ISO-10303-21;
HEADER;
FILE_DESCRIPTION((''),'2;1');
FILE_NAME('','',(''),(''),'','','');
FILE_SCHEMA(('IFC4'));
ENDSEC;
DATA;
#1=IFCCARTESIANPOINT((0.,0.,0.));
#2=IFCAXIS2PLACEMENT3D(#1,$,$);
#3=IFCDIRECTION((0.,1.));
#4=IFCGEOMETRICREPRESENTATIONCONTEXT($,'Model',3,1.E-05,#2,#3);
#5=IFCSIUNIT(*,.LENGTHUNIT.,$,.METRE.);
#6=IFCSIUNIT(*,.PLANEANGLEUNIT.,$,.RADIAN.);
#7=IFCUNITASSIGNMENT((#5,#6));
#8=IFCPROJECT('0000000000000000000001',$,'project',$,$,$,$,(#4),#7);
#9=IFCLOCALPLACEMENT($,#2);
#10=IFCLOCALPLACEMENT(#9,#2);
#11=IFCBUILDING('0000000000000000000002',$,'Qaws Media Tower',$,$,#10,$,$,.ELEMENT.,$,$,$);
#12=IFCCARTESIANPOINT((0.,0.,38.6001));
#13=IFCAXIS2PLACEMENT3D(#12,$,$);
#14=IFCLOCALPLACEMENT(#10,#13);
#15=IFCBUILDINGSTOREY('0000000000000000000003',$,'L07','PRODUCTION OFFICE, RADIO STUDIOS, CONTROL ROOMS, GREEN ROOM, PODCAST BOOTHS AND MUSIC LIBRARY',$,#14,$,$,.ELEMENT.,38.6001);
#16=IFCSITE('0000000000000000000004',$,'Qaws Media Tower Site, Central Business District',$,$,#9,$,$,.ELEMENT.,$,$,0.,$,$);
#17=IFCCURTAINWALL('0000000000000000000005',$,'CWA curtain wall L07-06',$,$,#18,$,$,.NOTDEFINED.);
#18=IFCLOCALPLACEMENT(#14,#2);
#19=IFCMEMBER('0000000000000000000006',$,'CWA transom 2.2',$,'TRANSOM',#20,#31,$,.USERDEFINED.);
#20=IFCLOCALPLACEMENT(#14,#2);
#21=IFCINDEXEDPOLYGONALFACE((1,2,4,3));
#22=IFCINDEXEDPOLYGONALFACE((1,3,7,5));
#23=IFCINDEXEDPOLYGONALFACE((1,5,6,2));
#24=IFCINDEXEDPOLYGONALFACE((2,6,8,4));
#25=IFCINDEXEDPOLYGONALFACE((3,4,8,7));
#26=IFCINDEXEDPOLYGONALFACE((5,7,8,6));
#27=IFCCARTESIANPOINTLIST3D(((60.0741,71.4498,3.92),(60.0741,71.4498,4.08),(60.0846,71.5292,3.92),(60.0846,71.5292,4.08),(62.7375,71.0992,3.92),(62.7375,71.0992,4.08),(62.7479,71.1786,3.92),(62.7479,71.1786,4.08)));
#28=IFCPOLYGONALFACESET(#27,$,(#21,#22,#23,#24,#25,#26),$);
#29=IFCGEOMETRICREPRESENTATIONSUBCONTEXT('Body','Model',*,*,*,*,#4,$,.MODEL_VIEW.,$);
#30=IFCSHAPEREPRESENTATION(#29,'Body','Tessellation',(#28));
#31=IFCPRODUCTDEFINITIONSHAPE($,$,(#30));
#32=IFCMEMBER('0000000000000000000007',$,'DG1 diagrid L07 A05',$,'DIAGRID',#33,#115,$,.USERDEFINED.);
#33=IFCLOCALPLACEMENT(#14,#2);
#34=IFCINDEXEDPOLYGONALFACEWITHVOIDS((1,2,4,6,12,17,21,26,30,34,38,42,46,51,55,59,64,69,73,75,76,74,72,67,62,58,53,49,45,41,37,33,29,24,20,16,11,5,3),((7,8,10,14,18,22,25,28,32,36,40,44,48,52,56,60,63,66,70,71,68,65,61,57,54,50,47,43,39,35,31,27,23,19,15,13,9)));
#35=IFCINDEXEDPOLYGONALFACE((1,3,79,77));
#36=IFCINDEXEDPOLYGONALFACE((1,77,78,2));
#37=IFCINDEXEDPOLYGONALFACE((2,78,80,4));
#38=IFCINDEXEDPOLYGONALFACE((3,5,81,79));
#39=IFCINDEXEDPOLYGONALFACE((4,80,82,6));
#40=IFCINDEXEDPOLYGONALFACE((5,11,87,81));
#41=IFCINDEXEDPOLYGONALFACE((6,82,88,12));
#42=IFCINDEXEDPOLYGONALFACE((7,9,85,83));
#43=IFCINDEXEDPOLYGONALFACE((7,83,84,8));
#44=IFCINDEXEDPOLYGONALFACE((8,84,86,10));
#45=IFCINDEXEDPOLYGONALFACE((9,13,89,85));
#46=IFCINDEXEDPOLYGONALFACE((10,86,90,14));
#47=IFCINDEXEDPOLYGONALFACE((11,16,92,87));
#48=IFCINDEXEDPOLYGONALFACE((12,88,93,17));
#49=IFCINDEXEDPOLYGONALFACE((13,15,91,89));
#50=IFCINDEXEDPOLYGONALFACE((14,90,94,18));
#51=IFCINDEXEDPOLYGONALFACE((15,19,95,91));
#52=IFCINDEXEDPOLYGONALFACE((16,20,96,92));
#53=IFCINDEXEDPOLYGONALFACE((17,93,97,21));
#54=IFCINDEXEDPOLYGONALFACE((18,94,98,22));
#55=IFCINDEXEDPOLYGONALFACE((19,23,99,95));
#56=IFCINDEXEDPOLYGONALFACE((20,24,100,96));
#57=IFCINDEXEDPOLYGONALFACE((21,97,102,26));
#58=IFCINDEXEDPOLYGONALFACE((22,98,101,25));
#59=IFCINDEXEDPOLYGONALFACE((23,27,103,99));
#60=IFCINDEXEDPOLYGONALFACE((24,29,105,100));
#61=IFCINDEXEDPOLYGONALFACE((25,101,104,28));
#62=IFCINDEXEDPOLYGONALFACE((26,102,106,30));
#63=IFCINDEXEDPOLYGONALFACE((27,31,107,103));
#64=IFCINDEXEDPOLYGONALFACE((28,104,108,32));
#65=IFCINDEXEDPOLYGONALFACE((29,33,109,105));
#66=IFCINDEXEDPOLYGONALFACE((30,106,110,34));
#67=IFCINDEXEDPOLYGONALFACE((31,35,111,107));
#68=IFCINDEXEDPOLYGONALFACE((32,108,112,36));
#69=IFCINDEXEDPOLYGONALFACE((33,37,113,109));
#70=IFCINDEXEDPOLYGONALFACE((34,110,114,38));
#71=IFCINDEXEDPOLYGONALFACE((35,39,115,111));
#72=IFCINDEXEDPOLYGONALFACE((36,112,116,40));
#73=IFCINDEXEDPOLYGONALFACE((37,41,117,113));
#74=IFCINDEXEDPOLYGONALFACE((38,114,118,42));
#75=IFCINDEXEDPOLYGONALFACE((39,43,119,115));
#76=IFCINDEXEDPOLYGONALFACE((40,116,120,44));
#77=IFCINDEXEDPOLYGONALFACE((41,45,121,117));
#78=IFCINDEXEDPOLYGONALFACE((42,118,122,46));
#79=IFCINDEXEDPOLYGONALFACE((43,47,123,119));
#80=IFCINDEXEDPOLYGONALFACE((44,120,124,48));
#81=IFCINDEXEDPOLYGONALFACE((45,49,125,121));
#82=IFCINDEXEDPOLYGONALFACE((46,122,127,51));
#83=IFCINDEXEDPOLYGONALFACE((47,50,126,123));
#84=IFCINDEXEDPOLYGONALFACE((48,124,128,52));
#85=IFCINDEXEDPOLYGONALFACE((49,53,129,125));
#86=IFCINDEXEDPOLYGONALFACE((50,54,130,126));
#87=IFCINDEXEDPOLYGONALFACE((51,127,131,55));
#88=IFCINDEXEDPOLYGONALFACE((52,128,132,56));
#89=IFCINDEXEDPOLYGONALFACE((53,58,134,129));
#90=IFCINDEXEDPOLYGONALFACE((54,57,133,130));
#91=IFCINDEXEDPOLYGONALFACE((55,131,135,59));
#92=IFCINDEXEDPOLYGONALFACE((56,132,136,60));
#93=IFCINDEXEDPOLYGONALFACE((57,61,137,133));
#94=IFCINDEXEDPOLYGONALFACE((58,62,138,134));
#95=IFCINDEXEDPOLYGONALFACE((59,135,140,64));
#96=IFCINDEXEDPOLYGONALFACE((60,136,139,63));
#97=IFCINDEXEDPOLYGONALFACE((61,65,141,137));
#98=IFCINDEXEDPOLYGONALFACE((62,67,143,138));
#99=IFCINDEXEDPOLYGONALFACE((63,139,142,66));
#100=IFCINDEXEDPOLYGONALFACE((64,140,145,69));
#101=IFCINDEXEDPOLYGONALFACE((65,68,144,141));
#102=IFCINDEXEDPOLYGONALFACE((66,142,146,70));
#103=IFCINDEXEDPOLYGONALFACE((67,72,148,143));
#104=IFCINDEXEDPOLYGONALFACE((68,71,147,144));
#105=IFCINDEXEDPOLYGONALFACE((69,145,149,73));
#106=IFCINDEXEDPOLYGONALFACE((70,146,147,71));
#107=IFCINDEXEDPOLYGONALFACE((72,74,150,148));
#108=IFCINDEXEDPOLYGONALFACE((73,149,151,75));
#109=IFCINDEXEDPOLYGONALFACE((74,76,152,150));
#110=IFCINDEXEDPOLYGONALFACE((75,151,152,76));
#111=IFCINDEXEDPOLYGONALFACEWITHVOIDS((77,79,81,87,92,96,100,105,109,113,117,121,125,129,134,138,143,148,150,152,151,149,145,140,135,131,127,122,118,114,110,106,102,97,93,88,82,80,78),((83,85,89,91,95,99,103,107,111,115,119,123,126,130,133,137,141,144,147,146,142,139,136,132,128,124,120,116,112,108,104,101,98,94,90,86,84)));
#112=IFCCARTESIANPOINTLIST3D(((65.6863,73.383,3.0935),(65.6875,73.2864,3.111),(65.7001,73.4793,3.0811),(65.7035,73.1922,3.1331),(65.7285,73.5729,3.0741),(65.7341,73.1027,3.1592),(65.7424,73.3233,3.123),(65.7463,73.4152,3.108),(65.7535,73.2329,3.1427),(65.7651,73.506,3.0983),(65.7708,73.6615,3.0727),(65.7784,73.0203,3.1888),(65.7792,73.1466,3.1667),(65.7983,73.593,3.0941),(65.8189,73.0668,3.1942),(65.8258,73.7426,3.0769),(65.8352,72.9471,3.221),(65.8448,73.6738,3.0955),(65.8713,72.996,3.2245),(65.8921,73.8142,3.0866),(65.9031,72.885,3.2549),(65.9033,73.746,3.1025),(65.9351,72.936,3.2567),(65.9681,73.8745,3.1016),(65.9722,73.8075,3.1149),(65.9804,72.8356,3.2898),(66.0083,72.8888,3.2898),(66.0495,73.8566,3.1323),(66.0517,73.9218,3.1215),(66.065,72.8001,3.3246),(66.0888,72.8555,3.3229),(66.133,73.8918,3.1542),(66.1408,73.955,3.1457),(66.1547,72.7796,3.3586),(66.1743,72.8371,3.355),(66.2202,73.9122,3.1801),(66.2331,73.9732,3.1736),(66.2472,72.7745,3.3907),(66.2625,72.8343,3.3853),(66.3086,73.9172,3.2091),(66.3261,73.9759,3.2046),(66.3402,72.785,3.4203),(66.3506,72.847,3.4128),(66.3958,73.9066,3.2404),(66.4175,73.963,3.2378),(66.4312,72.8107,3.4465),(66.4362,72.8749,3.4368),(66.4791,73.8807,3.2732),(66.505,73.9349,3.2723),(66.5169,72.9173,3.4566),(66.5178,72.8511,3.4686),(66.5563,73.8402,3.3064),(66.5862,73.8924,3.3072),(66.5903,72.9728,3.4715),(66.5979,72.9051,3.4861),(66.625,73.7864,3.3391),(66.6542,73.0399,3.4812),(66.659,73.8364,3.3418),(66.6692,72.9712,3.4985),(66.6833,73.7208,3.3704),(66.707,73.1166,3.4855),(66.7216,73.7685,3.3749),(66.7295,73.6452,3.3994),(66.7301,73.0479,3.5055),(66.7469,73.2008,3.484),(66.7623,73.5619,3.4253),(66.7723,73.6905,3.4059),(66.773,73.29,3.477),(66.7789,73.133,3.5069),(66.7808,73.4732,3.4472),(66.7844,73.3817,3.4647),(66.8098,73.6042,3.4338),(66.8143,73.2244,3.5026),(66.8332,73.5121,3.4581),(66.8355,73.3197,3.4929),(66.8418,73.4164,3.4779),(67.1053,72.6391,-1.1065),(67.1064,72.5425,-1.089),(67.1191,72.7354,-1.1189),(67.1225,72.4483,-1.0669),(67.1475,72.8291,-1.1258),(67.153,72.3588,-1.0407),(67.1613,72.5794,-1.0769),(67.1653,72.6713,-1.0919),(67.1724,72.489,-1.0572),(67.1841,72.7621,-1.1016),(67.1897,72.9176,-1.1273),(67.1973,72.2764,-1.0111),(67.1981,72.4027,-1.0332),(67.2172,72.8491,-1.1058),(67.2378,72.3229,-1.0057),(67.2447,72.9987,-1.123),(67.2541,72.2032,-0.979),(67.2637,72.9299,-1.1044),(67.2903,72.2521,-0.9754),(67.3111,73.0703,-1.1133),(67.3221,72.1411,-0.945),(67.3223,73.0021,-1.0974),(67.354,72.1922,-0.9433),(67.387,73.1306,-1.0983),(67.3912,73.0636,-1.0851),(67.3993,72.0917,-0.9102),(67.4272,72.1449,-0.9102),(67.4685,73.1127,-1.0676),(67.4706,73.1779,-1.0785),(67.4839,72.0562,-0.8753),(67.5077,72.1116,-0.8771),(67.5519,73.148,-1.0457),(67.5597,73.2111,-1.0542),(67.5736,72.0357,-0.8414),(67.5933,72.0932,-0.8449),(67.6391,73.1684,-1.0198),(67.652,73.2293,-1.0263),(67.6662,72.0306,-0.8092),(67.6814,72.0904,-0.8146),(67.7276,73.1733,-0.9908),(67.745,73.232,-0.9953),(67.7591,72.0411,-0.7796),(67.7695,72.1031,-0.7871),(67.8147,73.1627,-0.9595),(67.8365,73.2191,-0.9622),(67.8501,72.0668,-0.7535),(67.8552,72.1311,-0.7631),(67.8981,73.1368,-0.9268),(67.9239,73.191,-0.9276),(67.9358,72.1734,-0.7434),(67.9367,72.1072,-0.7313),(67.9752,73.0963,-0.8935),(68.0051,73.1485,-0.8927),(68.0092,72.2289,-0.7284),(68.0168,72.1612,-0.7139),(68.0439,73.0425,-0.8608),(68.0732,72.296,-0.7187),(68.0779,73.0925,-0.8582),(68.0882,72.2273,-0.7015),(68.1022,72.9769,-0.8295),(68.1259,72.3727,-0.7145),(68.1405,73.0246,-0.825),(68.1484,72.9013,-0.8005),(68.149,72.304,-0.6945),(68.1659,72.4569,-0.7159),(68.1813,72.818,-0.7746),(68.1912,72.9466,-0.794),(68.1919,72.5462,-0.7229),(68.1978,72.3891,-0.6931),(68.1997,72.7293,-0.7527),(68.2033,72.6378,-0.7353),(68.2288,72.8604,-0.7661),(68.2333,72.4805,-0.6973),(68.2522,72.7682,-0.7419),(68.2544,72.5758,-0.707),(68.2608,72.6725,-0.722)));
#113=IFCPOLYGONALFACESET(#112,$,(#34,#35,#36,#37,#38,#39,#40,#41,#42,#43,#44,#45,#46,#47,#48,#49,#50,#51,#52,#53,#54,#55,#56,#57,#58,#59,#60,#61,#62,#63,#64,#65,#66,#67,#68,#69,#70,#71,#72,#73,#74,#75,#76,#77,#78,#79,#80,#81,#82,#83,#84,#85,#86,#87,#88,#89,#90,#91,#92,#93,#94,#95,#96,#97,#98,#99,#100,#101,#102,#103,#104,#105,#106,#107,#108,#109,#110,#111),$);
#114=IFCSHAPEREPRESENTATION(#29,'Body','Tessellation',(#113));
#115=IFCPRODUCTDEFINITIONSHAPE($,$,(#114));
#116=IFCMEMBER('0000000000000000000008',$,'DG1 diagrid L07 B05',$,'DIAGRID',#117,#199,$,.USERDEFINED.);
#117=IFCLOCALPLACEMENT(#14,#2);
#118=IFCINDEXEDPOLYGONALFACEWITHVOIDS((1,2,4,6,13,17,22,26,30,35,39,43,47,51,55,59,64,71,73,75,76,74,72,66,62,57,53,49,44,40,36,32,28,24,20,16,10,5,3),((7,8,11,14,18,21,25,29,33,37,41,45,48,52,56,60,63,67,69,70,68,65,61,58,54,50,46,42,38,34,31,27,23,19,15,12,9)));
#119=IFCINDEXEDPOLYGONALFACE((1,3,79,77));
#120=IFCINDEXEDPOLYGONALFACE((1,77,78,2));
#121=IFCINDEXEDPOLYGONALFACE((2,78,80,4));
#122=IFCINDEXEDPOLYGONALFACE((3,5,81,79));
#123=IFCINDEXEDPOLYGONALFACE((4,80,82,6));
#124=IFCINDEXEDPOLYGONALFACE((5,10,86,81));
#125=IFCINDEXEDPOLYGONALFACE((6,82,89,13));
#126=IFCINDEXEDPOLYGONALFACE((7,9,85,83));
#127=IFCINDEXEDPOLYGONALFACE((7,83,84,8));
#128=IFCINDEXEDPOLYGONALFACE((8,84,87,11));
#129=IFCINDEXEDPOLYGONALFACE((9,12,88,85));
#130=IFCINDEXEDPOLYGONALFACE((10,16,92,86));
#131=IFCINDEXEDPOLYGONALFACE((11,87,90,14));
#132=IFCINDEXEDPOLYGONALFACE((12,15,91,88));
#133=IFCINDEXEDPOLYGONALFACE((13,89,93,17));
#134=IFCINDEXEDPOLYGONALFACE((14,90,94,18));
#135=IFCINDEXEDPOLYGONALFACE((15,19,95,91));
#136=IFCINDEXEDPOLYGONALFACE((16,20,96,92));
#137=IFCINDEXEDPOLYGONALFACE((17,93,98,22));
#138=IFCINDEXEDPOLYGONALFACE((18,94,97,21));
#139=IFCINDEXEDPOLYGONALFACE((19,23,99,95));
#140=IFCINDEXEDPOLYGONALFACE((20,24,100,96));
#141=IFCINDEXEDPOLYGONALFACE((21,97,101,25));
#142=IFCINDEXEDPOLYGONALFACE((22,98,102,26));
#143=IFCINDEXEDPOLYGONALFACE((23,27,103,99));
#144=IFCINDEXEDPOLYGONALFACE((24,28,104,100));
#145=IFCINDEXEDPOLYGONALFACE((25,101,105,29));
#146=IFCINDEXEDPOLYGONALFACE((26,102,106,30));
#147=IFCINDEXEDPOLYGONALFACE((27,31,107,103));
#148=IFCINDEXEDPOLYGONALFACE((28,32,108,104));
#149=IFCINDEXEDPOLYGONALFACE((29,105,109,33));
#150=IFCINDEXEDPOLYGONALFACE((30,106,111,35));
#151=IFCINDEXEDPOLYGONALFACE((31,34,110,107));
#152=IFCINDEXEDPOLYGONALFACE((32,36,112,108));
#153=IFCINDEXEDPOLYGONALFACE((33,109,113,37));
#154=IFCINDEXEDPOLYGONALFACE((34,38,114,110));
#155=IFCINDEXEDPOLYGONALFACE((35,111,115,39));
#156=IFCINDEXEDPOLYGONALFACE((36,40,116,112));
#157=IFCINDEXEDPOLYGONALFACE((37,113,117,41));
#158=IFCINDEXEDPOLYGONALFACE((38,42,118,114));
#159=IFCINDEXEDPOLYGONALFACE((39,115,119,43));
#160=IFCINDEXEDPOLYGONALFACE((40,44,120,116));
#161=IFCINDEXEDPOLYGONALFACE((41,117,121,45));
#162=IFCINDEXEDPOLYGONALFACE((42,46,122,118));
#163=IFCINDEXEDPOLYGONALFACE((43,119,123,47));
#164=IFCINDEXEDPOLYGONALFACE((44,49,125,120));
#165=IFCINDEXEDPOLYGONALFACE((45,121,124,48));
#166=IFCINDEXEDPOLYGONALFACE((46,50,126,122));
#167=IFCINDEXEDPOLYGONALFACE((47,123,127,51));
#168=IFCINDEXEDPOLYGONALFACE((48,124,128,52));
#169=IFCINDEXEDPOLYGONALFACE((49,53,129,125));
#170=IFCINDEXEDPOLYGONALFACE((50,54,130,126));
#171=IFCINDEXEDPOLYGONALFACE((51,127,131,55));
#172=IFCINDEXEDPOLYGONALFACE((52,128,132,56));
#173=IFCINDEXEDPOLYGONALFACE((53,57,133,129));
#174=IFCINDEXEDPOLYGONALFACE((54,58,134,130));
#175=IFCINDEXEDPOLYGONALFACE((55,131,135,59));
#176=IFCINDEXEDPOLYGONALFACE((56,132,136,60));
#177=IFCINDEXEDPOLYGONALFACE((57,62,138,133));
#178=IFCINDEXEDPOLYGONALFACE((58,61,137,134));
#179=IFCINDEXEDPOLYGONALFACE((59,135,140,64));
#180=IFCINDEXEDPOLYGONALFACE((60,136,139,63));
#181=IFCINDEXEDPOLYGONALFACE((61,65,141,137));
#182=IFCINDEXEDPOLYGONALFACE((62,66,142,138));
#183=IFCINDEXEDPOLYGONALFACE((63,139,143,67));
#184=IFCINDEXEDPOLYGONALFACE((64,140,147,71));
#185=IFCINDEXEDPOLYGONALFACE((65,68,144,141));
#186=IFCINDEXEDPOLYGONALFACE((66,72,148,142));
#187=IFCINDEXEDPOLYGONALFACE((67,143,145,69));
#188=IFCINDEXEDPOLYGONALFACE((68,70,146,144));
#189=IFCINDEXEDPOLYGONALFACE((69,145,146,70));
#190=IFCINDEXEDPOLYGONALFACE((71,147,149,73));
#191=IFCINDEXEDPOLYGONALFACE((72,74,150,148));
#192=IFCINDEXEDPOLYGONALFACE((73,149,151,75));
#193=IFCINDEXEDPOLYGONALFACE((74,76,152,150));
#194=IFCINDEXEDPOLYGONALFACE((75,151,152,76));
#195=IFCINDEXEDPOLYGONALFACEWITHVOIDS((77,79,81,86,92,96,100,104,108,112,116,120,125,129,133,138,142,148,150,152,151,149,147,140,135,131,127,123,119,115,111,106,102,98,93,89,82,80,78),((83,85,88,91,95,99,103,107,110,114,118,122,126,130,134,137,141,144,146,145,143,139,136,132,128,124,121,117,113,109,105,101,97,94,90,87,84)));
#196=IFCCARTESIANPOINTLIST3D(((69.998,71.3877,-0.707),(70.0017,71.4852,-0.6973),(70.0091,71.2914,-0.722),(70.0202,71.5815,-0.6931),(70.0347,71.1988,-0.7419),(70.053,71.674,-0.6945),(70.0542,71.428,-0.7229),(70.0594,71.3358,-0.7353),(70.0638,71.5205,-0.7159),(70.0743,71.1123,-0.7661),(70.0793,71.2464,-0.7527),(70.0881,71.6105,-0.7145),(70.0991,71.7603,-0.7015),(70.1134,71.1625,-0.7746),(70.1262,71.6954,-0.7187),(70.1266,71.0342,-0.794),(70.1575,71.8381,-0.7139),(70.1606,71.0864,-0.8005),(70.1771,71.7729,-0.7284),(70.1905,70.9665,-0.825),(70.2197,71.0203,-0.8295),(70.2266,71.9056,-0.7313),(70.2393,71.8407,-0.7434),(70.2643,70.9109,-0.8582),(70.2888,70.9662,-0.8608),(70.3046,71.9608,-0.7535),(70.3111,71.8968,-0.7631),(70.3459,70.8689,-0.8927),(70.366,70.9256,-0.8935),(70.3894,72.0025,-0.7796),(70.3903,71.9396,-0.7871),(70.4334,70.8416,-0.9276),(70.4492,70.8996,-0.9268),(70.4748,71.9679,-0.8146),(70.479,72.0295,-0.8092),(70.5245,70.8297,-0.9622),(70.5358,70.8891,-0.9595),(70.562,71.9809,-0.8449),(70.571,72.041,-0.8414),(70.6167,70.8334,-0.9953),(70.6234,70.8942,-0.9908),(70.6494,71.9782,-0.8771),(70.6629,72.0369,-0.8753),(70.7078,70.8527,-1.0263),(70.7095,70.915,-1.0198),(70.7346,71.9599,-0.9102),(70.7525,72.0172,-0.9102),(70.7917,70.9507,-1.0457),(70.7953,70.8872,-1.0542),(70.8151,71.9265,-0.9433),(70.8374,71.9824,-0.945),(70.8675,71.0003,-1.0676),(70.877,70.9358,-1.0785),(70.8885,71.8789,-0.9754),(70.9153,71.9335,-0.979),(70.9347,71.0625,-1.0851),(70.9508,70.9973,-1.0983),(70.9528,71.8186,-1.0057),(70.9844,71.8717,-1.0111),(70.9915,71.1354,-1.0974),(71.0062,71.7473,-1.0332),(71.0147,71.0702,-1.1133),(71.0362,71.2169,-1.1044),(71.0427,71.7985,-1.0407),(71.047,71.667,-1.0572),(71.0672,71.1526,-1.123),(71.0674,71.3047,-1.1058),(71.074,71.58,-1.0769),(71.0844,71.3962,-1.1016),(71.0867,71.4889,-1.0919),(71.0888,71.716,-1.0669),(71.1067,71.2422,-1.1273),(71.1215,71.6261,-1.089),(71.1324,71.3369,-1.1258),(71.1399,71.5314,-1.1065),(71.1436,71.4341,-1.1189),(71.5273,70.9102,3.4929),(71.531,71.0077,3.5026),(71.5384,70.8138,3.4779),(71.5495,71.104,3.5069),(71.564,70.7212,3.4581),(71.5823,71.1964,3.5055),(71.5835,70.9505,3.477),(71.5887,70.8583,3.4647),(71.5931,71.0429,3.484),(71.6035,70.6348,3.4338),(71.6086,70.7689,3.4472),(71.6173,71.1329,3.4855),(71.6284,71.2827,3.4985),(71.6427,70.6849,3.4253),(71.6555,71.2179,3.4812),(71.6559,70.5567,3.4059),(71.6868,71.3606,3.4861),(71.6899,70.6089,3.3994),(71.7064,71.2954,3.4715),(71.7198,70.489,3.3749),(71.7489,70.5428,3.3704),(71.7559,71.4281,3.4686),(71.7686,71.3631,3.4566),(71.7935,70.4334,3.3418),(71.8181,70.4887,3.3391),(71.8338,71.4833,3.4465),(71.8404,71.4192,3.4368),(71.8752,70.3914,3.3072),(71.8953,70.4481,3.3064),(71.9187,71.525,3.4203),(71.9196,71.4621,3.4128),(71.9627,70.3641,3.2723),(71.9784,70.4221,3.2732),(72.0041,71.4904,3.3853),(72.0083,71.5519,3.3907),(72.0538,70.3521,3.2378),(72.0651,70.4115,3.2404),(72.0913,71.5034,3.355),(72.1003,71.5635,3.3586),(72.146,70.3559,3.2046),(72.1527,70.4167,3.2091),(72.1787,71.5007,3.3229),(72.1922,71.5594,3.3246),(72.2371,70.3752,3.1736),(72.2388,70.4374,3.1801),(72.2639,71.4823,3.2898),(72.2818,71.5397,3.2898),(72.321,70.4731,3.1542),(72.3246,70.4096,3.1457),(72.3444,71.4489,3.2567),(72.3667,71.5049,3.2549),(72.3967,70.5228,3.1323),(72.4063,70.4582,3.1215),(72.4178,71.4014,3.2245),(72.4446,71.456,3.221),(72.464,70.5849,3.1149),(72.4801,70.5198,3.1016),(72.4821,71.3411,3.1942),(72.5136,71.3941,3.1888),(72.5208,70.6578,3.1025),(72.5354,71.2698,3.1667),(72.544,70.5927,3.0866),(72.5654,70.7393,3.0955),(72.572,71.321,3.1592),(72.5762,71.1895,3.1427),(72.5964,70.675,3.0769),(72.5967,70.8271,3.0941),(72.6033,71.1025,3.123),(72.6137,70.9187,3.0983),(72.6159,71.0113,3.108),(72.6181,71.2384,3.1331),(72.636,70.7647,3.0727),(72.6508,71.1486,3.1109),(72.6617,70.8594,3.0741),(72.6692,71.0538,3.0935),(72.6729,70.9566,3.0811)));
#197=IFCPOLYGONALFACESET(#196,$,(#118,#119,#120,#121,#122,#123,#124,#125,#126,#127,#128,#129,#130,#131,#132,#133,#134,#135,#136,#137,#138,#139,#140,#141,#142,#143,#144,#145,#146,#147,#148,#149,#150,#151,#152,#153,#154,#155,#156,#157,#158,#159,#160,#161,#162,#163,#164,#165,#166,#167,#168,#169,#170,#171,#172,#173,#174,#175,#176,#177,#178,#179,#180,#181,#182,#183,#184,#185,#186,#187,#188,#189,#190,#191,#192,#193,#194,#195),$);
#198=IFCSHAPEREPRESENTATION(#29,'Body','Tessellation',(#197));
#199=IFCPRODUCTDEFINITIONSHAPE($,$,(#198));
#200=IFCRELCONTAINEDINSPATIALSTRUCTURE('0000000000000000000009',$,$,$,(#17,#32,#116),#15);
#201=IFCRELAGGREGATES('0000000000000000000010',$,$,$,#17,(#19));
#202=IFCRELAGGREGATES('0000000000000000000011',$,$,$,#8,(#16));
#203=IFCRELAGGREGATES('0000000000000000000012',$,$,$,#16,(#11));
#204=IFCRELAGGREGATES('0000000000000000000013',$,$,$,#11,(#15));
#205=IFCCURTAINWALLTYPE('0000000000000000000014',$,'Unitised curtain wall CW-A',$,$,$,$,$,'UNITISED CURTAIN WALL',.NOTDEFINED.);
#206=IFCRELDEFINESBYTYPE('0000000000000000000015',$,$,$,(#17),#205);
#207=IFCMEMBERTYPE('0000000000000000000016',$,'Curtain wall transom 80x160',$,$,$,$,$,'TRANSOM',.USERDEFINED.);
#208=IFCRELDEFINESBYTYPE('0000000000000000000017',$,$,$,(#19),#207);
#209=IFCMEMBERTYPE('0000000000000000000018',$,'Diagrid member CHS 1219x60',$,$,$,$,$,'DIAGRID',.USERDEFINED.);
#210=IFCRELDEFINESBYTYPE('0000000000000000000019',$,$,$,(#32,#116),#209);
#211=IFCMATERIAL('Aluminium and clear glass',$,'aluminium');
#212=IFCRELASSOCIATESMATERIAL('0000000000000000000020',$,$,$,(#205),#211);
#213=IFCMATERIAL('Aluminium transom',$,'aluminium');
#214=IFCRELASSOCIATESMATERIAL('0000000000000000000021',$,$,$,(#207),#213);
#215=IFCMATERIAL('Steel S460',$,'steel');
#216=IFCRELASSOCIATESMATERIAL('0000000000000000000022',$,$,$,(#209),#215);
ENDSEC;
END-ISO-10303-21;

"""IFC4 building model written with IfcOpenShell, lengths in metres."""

from ifc_helpers import new_model, si_unit, direction, frame, origin, origin_2d, place, context, subcontext, project, spatial, rectangle, hollow_circle, extrude, material, material_profile, profile_set, type_object, element, aggregate, save


model = new_model("IFC4")

# Units and contexts
model_context = context("Model", 3, precision=1e-05, world=origin(), true_north=direction((0.0, 1.0)))
body_context = subcontext(model_context, "Body", "Model", "MODEL_VIEW")
ifc_project = project(units=[si_unit("LENGTHUNIT", "METRE"), si_unit("PLANEANGLEUNIT", "RADIAN")], contexts=[model_context])

# Site, building, storey
site_placement = place(None, origin())
site = spatial("IfcSite", under=ifc_project, at=site_placement, Name="Qaws Media Tower Site, Central Business District", CompositionType="ELEMENT", RefElevation=0.0)
building_placement = place(site_placement, origin())
building = spatial("IfcBuilding", under=site, at=building_placement, Name="Qaws Media Tower", CompositionType="ELEMENT")
storey_placement = place(building_placement, frame((0.0, 0.0, 38.6001)))
storey = spatial("IfcBuildingStorey", under=building, at=storey_placement, Name="L07", Description="PRODUCTION OFFICE, RADIO STUDIOS, CONTROL ROOMS, GREEN ROOM, PODCAST BOOTHS AND MUSIC LIBRARY", CompositionType="ELEMENT", Elevation=38.6001)

# Shared definitions
ifc_material_1 = material(Name="Aluminium and clear glass", Category="aluminium")
curtain_wall_type = type_object("IfcCurtainWallType", Name="Unitised curtain wall CW-A", ElementType="UNITISED CURTAIN WALL", PredefinedType="NOTDEFINED", material=ifc_material_1)

# Curtain wall
curtain_wall_1_placement = place(storey_placement, origin())
curtain_wall_1 = element("IfcCurtainWall", 1, at=curtain_wall_1_placement, inside=storey, type_object=curtain_wall_type, Name="CWA curtain wall L07-06", PredefinedType="NOTDEFINED")

# Member
ifc_material_2 = material(Name="Aluminium transom", Category="aluminium")
ifc_material_profile_1 = material_profile(ifc_material_2, rectangle(XDim=0.0801, YDim=0.1599, at=origin_2d()), Name="80x160")
ifc_profile_set_1 = profile_set([ifc_material_profile_1], Name="Aluminium transom")
member_type_1 = type_object("IfcMemberType", Name="Curtain wall transom 80x160", ElementType="TRANSOM", PredefinedType="USERDEFINED", material=ifc_profile_set_1)
member_1_placement = place(storey_placement, frame((62.7427, 71.1389, 4.0), z_axis=(-0.991447, 0.130509, 0.0), x_axis=(-0.130509, -0.991447, 0.0)))
member_1 = element("IfcMember", 2, at=member_1_placement, type_object=member_type_1, Name="CWA transom 2.2", ObjectType="TRANSOM", PredefinedType="USERDEFINED", context=body_context, shape_type="SweptSolid", body=[
    extrude(rectangle(XDim=0.0801, YDim=0.1599, at=origin_2d()), origin(), (0.0, 0.0, 1.0), 2.6863),
])

# Members
ifc_material_3 = material(Name="Steel S460", Category="steel")
ifc_material_profile_2 = material_profile(ifc_material_3, hollow_circle(Radius=0.6096, WallThickness=0.0601, at=origin_2d()), Name="CHS 1219x60")
ifc_profile_set_2 = profile_set([ifc_material_profile_2], Name="Steel S460")
member_type_2 = type_object("IfcMemberType", Name="Diagrid member CHS 1219x60", ElementType="DIAGRID", PredefinedType="USERDEFINED", material=ifc_profile_set_2)
for number, where, z_axis, x_axis, name in (
    (3, (67.6824, 72.6316, -0.9102), (-0.315661, 0.165489, 0.934329), (-0.46432, -0.885667, 0.0), "DG1 diagrid L07 A05"),
    (4, (70.5708, 71.4353, -0.9102), (0.34021, -0.106234, 0.934329), (0.298067, 0.954545, 0.0), "DG1 diagrid L07 B05"),
):
    element("IfcMember", number, at=place(storey_placement, frame(where, z_axis=z_axis, x_axis=x_axis)), inside=storey, type_object=member_type_2, Name=name, ObjectType="DIAGRID", PredefinedType="USERDEFINED", context=body_context, shape_type="SweptSolid", body=[
        extrude(hollow_circle(Radius=0.6096, WallThickness=0.0601, at=origin_2d()), origin(), (0.0, 0.0, 1.0), 4.4951),
    ])

aggregate(curtain_wall_1, [member_1])

save(model, "model.ifc")
